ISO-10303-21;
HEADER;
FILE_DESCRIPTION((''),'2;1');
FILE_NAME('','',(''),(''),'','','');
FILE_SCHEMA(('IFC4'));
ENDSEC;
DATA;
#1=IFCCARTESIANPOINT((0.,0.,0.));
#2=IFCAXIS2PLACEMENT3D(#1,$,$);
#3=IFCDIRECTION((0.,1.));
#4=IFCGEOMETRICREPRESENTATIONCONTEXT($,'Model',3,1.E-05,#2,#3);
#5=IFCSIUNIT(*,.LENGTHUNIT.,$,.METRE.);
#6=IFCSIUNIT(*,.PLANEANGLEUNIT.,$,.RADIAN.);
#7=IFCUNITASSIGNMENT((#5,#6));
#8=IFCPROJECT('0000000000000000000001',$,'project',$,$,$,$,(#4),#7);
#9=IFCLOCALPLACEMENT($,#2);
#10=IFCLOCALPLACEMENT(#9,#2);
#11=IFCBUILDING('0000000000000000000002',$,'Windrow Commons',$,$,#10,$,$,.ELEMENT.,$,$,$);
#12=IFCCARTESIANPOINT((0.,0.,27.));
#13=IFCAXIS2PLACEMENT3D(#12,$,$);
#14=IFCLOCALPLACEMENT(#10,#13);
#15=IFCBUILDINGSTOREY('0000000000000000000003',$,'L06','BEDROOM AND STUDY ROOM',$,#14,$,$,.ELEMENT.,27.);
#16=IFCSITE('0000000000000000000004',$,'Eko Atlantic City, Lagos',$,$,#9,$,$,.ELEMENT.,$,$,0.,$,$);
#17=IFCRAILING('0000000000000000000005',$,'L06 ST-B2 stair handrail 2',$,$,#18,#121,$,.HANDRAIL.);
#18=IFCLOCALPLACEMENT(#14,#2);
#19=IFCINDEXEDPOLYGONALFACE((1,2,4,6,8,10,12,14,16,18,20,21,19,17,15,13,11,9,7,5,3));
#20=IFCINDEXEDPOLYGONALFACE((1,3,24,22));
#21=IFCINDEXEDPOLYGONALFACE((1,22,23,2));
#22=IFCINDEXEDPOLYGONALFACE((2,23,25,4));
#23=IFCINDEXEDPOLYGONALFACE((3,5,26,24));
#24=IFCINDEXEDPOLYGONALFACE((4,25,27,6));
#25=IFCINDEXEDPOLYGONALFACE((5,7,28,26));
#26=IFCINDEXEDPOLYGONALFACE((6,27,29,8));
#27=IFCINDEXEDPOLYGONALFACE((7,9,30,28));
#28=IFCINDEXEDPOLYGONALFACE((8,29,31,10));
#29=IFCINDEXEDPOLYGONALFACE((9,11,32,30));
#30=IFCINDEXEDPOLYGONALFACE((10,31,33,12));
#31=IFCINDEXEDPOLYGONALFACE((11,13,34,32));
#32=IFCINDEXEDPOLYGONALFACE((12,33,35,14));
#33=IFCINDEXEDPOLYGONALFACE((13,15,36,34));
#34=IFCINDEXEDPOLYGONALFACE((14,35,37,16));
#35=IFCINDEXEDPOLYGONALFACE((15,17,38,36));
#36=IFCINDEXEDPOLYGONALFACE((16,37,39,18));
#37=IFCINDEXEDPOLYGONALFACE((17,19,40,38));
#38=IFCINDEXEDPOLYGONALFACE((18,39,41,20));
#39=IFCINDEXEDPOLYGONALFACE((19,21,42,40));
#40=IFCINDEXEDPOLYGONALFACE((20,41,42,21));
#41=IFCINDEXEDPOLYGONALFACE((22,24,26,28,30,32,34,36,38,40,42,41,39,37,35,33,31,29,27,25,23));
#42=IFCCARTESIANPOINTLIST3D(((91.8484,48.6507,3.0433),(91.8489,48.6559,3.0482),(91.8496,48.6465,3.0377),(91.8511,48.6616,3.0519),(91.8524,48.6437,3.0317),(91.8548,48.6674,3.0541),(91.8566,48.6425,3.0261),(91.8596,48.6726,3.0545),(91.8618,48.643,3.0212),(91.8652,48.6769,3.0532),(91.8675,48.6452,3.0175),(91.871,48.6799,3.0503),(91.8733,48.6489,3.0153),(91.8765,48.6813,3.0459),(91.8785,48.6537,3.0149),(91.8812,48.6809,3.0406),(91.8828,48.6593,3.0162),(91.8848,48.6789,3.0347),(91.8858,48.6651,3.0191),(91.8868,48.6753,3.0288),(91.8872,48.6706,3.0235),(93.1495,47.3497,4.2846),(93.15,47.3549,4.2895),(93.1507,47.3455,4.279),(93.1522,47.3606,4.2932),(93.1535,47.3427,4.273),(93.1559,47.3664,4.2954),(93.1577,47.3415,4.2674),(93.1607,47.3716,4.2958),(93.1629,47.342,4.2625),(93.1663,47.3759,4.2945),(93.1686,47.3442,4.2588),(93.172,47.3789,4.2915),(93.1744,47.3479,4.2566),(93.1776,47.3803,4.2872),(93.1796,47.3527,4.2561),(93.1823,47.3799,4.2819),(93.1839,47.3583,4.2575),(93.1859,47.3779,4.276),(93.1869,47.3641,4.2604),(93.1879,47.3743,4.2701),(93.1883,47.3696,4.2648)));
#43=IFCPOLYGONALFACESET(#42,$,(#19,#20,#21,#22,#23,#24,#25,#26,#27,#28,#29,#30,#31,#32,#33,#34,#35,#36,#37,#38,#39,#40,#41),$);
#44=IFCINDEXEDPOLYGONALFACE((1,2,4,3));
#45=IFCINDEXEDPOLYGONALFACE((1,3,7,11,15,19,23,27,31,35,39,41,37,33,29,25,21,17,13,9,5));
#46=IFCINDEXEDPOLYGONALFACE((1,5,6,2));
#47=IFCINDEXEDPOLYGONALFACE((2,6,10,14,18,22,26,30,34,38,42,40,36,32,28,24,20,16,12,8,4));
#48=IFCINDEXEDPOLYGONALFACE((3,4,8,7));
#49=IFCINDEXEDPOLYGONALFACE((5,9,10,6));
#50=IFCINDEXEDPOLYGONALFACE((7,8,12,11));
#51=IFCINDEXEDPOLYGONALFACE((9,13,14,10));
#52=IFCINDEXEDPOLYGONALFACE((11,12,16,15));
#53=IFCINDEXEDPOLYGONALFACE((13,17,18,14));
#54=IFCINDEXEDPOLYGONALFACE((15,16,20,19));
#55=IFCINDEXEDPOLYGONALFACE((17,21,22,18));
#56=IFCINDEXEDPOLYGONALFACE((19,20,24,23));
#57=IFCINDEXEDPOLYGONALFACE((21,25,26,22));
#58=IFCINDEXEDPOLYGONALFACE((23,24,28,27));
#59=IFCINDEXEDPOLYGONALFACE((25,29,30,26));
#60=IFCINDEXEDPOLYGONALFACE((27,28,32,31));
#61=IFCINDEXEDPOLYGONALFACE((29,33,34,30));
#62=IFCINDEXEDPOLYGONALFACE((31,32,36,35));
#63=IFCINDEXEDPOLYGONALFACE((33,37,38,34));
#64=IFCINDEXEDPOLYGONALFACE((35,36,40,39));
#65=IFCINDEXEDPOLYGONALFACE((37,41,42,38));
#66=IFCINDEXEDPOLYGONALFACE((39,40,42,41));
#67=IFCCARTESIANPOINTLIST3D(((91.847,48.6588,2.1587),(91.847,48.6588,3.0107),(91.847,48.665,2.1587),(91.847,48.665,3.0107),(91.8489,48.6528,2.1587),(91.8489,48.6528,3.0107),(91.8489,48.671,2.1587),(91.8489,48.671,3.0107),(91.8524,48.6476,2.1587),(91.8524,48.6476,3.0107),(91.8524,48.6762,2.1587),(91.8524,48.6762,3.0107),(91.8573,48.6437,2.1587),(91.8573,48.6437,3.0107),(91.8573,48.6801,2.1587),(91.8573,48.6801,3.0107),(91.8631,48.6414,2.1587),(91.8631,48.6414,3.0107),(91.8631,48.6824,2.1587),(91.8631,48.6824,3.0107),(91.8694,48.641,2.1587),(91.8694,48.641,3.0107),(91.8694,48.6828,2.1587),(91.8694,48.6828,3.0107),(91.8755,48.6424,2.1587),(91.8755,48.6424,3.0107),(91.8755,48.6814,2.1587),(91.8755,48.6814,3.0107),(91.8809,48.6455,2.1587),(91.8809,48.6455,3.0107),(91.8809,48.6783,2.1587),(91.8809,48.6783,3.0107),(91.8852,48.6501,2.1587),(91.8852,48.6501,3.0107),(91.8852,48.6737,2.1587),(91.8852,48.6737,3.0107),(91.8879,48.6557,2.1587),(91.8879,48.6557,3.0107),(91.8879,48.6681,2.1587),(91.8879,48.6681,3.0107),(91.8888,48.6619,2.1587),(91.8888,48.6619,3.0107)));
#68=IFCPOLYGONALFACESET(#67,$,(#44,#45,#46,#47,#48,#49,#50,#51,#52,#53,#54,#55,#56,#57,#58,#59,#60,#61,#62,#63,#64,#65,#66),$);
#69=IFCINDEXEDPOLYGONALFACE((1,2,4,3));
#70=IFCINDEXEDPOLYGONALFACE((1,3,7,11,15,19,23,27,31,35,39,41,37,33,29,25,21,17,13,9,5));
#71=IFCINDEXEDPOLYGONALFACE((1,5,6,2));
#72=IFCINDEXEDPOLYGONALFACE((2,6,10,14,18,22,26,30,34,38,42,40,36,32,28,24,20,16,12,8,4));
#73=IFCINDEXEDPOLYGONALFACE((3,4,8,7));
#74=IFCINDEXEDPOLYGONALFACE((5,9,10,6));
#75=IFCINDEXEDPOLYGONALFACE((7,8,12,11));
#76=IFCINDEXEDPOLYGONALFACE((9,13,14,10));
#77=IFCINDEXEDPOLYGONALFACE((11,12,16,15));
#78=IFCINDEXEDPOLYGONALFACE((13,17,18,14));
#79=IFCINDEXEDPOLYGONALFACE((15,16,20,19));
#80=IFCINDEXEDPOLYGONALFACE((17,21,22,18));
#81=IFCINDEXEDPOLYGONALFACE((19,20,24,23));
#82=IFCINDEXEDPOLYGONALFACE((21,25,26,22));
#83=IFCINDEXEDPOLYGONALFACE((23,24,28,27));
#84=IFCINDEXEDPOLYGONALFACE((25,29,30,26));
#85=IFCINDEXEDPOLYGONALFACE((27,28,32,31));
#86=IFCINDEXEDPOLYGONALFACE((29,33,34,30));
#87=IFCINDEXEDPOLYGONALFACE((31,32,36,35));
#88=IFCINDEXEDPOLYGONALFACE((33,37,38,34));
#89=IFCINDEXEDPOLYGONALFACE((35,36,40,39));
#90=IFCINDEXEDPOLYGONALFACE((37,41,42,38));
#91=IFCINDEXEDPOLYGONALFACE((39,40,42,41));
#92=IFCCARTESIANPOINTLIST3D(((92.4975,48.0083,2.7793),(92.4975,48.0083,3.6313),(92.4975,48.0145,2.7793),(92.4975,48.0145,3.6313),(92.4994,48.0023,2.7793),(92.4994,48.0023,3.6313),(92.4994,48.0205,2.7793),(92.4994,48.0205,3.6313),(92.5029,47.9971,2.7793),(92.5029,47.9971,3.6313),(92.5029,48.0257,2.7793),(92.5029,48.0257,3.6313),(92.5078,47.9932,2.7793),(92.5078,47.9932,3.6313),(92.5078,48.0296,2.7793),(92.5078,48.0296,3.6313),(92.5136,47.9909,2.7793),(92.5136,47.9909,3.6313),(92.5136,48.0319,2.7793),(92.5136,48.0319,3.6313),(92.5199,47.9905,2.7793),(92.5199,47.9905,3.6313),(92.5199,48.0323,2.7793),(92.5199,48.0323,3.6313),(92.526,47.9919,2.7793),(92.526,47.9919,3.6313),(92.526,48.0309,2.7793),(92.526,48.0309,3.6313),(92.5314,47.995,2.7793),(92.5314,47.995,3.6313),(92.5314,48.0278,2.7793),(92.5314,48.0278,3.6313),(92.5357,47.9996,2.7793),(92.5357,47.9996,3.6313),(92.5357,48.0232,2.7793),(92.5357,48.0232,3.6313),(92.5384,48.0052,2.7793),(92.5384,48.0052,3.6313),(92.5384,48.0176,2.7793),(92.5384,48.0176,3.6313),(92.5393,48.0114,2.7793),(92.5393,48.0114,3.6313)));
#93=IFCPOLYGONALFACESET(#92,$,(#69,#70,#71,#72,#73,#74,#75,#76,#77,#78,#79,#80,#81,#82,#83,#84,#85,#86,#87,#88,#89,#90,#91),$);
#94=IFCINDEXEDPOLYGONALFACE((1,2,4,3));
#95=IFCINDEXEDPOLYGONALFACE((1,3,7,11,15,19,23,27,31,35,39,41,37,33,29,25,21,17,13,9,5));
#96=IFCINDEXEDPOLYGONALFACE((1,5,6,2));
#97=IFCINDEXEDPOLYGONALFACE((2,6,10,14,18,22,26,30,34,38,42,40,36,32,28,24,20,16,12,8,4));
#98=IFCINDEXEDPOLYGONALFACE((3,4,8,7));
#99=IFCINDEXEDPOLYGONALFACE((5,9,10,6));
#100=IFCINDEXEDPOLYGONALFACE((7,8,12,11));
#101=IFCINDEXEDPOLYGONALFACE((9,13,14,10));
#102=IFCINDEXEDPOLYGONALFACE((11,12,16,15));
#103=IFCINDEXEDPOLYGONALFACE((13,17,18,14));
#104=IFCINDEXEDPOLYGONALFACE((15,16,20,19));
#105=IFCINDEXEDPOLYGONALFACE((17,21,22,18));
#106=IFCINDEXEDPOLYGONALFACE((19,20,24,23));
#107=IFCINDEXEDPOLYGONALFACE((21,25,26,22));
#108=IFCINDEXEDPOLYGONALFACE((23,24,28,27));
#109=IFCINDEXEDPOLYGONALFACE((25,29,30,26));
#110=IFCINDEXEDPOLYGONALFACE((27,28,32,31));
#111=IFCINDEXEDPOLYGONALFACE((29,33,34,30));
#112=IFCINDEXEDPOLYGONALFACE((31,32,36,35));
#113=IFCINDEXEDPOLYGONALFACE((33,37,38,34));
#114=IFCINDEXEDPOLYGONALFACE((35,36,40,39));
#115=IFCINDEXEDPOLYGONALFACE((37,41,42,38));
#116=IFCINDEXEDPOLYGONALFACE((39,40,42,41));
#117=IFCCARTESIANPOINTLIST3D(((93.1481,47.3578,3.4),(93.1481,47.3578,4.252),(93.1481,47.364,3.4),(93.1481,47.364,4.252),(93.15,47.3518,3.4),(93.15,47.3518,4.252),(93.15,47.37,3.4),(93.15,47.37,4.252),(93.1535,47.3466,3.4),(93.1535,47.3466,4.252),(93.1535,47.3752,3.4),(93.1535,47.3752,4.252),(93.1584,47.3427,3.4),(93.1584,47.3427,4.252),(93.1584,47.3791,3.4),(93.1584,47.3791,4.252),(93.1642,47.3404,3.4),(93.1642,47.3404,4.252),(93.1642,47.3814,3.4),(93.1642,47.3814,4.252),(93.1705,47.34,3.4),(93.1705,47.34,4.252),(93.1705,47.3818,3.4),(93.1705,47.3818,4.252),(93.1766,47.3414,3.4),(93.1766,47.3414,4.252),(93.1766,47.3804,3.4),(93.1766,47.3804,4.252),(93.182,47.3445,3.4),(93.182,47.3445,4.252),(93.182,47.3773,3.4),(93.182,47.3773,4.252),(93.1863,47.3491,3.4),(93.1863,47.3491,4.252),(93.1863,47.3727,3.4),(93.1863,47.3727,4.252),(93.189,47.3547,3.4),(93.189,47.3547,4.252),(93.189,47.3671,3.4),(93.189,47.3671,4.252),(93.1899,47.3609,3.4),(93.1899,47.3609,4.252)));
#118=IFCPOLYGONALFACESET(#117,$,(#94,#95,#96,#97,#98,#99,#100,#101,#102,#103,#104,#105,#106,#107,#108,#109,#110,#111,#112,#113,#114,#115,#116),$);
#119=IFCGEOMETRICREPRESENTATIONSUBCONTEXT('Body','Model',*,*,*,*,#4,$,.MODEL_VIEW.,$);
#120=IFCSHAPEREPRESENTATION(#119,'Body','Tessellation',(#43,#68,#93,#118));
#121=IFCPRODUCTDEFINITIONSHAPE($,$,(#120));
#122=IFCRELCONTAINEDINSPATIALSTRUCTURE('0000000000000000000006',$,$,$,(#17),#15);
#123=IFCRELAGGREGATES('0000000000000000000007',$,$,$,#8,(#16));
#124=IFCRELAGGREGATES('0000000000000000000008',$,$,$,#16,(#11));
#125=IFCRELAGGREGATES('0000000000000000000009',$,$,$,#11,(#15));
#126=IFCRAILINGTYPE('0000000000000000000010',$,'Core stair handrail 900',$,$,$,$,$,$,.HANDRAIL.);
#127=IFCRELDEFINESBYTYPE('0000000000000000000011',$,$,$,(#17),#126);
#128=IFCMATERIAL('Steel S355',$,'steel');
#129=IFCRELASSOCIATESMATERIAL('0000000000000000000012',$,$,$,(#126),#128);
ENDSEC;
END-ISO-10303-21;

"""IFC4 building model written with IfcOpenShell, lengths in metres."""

from ifc_helpers import new_model, si_unit, direction, frame, origin, origin_2d, place, context, subcontext, project, spatial, circle, extrude, material, type_object, element, save


model = new_model("IFC4")

# Units and contexts
model_context = context("Model", 3, precision=1e-05, world=origin(), true_north=direction((0.0, 1.0)))
body_context = subcontext(model_context, "Body", "Model", "MODEL_VIEW")
ifc_project = project(units=[si_unit("LENGTHUNIT", "METRE"), si_unit("PLANEANGLEUNIT", "RADIAN")], contexts=[model_context])

# Site, building, storey
site_placement = place(None, origin())
site = spatial("IfcSite", under=ifc_project, at=site_placement, Name="Eko Atlantic City, Lagos", CompositionType="ELEMENT", RefElevation=0.0)
building_placement = place(site_placement, origin())
building = spatial("IfcBuilding", under=site, at=building_placement, Name="Windrow Commons", CompositionType="ELEMENT")
storey_placement = place(building_placement, frame((0.0, 0.0, 27.0)))
storey = spatial("IfcBuildingStorey", under=building, at=storey_placement, Name="L06", Description="BEDROOM AND STUDY ROOM", CompositionType="ELEMENT", Elevation=27.0)

# Railing
ifc_material_1 = material(Name="Steel S355", Category="steel")
railing_type_1 = type_object("IfcRailingType", Name="Core stair handrail 900", PredefinedType="HANDRAIL", material=ifc_material_1)
railing_1_placement = place(storey_placement, frame((91.8678, 48.6619, 2.1587)))
element("IfcRailing", 1, at=railing_1_placement, inside=storey, type_object=railing_type_1, Name="L06 ST-B2 stair handrail 2", PredefinedType="HANDRAIL", context=body_context, shape_type="SweptSolid", body=[
    extrude(circle(Radius=0.024, at=origin_2d()), frame((0.0, 0.0, 0.876), z_axis=(0.586207, -0.586162, 0.559264), x_axis=(0.70708, 0.707134, 0.0)), (0.0, 0.0, 1.0), 2.2195),
    extrude(circle(Radius=0.021, at=origin_2d()), origin(), (0.0, 0.0, 1.0), 0.852),
    extrude(circle(Radius=0.021, at=origin_2d()), frame((0.6505, -0.6505, 0.6206)), (0.0, 0.0, 1.0), 0.852),
    extrude(circle(Radius=0.021, at=origin_2d()), frame((1.3011, -1.301, 1.2413)), (0.0, 0.0, 1.0), 0.852),
])

save(model, "model.ifc")
